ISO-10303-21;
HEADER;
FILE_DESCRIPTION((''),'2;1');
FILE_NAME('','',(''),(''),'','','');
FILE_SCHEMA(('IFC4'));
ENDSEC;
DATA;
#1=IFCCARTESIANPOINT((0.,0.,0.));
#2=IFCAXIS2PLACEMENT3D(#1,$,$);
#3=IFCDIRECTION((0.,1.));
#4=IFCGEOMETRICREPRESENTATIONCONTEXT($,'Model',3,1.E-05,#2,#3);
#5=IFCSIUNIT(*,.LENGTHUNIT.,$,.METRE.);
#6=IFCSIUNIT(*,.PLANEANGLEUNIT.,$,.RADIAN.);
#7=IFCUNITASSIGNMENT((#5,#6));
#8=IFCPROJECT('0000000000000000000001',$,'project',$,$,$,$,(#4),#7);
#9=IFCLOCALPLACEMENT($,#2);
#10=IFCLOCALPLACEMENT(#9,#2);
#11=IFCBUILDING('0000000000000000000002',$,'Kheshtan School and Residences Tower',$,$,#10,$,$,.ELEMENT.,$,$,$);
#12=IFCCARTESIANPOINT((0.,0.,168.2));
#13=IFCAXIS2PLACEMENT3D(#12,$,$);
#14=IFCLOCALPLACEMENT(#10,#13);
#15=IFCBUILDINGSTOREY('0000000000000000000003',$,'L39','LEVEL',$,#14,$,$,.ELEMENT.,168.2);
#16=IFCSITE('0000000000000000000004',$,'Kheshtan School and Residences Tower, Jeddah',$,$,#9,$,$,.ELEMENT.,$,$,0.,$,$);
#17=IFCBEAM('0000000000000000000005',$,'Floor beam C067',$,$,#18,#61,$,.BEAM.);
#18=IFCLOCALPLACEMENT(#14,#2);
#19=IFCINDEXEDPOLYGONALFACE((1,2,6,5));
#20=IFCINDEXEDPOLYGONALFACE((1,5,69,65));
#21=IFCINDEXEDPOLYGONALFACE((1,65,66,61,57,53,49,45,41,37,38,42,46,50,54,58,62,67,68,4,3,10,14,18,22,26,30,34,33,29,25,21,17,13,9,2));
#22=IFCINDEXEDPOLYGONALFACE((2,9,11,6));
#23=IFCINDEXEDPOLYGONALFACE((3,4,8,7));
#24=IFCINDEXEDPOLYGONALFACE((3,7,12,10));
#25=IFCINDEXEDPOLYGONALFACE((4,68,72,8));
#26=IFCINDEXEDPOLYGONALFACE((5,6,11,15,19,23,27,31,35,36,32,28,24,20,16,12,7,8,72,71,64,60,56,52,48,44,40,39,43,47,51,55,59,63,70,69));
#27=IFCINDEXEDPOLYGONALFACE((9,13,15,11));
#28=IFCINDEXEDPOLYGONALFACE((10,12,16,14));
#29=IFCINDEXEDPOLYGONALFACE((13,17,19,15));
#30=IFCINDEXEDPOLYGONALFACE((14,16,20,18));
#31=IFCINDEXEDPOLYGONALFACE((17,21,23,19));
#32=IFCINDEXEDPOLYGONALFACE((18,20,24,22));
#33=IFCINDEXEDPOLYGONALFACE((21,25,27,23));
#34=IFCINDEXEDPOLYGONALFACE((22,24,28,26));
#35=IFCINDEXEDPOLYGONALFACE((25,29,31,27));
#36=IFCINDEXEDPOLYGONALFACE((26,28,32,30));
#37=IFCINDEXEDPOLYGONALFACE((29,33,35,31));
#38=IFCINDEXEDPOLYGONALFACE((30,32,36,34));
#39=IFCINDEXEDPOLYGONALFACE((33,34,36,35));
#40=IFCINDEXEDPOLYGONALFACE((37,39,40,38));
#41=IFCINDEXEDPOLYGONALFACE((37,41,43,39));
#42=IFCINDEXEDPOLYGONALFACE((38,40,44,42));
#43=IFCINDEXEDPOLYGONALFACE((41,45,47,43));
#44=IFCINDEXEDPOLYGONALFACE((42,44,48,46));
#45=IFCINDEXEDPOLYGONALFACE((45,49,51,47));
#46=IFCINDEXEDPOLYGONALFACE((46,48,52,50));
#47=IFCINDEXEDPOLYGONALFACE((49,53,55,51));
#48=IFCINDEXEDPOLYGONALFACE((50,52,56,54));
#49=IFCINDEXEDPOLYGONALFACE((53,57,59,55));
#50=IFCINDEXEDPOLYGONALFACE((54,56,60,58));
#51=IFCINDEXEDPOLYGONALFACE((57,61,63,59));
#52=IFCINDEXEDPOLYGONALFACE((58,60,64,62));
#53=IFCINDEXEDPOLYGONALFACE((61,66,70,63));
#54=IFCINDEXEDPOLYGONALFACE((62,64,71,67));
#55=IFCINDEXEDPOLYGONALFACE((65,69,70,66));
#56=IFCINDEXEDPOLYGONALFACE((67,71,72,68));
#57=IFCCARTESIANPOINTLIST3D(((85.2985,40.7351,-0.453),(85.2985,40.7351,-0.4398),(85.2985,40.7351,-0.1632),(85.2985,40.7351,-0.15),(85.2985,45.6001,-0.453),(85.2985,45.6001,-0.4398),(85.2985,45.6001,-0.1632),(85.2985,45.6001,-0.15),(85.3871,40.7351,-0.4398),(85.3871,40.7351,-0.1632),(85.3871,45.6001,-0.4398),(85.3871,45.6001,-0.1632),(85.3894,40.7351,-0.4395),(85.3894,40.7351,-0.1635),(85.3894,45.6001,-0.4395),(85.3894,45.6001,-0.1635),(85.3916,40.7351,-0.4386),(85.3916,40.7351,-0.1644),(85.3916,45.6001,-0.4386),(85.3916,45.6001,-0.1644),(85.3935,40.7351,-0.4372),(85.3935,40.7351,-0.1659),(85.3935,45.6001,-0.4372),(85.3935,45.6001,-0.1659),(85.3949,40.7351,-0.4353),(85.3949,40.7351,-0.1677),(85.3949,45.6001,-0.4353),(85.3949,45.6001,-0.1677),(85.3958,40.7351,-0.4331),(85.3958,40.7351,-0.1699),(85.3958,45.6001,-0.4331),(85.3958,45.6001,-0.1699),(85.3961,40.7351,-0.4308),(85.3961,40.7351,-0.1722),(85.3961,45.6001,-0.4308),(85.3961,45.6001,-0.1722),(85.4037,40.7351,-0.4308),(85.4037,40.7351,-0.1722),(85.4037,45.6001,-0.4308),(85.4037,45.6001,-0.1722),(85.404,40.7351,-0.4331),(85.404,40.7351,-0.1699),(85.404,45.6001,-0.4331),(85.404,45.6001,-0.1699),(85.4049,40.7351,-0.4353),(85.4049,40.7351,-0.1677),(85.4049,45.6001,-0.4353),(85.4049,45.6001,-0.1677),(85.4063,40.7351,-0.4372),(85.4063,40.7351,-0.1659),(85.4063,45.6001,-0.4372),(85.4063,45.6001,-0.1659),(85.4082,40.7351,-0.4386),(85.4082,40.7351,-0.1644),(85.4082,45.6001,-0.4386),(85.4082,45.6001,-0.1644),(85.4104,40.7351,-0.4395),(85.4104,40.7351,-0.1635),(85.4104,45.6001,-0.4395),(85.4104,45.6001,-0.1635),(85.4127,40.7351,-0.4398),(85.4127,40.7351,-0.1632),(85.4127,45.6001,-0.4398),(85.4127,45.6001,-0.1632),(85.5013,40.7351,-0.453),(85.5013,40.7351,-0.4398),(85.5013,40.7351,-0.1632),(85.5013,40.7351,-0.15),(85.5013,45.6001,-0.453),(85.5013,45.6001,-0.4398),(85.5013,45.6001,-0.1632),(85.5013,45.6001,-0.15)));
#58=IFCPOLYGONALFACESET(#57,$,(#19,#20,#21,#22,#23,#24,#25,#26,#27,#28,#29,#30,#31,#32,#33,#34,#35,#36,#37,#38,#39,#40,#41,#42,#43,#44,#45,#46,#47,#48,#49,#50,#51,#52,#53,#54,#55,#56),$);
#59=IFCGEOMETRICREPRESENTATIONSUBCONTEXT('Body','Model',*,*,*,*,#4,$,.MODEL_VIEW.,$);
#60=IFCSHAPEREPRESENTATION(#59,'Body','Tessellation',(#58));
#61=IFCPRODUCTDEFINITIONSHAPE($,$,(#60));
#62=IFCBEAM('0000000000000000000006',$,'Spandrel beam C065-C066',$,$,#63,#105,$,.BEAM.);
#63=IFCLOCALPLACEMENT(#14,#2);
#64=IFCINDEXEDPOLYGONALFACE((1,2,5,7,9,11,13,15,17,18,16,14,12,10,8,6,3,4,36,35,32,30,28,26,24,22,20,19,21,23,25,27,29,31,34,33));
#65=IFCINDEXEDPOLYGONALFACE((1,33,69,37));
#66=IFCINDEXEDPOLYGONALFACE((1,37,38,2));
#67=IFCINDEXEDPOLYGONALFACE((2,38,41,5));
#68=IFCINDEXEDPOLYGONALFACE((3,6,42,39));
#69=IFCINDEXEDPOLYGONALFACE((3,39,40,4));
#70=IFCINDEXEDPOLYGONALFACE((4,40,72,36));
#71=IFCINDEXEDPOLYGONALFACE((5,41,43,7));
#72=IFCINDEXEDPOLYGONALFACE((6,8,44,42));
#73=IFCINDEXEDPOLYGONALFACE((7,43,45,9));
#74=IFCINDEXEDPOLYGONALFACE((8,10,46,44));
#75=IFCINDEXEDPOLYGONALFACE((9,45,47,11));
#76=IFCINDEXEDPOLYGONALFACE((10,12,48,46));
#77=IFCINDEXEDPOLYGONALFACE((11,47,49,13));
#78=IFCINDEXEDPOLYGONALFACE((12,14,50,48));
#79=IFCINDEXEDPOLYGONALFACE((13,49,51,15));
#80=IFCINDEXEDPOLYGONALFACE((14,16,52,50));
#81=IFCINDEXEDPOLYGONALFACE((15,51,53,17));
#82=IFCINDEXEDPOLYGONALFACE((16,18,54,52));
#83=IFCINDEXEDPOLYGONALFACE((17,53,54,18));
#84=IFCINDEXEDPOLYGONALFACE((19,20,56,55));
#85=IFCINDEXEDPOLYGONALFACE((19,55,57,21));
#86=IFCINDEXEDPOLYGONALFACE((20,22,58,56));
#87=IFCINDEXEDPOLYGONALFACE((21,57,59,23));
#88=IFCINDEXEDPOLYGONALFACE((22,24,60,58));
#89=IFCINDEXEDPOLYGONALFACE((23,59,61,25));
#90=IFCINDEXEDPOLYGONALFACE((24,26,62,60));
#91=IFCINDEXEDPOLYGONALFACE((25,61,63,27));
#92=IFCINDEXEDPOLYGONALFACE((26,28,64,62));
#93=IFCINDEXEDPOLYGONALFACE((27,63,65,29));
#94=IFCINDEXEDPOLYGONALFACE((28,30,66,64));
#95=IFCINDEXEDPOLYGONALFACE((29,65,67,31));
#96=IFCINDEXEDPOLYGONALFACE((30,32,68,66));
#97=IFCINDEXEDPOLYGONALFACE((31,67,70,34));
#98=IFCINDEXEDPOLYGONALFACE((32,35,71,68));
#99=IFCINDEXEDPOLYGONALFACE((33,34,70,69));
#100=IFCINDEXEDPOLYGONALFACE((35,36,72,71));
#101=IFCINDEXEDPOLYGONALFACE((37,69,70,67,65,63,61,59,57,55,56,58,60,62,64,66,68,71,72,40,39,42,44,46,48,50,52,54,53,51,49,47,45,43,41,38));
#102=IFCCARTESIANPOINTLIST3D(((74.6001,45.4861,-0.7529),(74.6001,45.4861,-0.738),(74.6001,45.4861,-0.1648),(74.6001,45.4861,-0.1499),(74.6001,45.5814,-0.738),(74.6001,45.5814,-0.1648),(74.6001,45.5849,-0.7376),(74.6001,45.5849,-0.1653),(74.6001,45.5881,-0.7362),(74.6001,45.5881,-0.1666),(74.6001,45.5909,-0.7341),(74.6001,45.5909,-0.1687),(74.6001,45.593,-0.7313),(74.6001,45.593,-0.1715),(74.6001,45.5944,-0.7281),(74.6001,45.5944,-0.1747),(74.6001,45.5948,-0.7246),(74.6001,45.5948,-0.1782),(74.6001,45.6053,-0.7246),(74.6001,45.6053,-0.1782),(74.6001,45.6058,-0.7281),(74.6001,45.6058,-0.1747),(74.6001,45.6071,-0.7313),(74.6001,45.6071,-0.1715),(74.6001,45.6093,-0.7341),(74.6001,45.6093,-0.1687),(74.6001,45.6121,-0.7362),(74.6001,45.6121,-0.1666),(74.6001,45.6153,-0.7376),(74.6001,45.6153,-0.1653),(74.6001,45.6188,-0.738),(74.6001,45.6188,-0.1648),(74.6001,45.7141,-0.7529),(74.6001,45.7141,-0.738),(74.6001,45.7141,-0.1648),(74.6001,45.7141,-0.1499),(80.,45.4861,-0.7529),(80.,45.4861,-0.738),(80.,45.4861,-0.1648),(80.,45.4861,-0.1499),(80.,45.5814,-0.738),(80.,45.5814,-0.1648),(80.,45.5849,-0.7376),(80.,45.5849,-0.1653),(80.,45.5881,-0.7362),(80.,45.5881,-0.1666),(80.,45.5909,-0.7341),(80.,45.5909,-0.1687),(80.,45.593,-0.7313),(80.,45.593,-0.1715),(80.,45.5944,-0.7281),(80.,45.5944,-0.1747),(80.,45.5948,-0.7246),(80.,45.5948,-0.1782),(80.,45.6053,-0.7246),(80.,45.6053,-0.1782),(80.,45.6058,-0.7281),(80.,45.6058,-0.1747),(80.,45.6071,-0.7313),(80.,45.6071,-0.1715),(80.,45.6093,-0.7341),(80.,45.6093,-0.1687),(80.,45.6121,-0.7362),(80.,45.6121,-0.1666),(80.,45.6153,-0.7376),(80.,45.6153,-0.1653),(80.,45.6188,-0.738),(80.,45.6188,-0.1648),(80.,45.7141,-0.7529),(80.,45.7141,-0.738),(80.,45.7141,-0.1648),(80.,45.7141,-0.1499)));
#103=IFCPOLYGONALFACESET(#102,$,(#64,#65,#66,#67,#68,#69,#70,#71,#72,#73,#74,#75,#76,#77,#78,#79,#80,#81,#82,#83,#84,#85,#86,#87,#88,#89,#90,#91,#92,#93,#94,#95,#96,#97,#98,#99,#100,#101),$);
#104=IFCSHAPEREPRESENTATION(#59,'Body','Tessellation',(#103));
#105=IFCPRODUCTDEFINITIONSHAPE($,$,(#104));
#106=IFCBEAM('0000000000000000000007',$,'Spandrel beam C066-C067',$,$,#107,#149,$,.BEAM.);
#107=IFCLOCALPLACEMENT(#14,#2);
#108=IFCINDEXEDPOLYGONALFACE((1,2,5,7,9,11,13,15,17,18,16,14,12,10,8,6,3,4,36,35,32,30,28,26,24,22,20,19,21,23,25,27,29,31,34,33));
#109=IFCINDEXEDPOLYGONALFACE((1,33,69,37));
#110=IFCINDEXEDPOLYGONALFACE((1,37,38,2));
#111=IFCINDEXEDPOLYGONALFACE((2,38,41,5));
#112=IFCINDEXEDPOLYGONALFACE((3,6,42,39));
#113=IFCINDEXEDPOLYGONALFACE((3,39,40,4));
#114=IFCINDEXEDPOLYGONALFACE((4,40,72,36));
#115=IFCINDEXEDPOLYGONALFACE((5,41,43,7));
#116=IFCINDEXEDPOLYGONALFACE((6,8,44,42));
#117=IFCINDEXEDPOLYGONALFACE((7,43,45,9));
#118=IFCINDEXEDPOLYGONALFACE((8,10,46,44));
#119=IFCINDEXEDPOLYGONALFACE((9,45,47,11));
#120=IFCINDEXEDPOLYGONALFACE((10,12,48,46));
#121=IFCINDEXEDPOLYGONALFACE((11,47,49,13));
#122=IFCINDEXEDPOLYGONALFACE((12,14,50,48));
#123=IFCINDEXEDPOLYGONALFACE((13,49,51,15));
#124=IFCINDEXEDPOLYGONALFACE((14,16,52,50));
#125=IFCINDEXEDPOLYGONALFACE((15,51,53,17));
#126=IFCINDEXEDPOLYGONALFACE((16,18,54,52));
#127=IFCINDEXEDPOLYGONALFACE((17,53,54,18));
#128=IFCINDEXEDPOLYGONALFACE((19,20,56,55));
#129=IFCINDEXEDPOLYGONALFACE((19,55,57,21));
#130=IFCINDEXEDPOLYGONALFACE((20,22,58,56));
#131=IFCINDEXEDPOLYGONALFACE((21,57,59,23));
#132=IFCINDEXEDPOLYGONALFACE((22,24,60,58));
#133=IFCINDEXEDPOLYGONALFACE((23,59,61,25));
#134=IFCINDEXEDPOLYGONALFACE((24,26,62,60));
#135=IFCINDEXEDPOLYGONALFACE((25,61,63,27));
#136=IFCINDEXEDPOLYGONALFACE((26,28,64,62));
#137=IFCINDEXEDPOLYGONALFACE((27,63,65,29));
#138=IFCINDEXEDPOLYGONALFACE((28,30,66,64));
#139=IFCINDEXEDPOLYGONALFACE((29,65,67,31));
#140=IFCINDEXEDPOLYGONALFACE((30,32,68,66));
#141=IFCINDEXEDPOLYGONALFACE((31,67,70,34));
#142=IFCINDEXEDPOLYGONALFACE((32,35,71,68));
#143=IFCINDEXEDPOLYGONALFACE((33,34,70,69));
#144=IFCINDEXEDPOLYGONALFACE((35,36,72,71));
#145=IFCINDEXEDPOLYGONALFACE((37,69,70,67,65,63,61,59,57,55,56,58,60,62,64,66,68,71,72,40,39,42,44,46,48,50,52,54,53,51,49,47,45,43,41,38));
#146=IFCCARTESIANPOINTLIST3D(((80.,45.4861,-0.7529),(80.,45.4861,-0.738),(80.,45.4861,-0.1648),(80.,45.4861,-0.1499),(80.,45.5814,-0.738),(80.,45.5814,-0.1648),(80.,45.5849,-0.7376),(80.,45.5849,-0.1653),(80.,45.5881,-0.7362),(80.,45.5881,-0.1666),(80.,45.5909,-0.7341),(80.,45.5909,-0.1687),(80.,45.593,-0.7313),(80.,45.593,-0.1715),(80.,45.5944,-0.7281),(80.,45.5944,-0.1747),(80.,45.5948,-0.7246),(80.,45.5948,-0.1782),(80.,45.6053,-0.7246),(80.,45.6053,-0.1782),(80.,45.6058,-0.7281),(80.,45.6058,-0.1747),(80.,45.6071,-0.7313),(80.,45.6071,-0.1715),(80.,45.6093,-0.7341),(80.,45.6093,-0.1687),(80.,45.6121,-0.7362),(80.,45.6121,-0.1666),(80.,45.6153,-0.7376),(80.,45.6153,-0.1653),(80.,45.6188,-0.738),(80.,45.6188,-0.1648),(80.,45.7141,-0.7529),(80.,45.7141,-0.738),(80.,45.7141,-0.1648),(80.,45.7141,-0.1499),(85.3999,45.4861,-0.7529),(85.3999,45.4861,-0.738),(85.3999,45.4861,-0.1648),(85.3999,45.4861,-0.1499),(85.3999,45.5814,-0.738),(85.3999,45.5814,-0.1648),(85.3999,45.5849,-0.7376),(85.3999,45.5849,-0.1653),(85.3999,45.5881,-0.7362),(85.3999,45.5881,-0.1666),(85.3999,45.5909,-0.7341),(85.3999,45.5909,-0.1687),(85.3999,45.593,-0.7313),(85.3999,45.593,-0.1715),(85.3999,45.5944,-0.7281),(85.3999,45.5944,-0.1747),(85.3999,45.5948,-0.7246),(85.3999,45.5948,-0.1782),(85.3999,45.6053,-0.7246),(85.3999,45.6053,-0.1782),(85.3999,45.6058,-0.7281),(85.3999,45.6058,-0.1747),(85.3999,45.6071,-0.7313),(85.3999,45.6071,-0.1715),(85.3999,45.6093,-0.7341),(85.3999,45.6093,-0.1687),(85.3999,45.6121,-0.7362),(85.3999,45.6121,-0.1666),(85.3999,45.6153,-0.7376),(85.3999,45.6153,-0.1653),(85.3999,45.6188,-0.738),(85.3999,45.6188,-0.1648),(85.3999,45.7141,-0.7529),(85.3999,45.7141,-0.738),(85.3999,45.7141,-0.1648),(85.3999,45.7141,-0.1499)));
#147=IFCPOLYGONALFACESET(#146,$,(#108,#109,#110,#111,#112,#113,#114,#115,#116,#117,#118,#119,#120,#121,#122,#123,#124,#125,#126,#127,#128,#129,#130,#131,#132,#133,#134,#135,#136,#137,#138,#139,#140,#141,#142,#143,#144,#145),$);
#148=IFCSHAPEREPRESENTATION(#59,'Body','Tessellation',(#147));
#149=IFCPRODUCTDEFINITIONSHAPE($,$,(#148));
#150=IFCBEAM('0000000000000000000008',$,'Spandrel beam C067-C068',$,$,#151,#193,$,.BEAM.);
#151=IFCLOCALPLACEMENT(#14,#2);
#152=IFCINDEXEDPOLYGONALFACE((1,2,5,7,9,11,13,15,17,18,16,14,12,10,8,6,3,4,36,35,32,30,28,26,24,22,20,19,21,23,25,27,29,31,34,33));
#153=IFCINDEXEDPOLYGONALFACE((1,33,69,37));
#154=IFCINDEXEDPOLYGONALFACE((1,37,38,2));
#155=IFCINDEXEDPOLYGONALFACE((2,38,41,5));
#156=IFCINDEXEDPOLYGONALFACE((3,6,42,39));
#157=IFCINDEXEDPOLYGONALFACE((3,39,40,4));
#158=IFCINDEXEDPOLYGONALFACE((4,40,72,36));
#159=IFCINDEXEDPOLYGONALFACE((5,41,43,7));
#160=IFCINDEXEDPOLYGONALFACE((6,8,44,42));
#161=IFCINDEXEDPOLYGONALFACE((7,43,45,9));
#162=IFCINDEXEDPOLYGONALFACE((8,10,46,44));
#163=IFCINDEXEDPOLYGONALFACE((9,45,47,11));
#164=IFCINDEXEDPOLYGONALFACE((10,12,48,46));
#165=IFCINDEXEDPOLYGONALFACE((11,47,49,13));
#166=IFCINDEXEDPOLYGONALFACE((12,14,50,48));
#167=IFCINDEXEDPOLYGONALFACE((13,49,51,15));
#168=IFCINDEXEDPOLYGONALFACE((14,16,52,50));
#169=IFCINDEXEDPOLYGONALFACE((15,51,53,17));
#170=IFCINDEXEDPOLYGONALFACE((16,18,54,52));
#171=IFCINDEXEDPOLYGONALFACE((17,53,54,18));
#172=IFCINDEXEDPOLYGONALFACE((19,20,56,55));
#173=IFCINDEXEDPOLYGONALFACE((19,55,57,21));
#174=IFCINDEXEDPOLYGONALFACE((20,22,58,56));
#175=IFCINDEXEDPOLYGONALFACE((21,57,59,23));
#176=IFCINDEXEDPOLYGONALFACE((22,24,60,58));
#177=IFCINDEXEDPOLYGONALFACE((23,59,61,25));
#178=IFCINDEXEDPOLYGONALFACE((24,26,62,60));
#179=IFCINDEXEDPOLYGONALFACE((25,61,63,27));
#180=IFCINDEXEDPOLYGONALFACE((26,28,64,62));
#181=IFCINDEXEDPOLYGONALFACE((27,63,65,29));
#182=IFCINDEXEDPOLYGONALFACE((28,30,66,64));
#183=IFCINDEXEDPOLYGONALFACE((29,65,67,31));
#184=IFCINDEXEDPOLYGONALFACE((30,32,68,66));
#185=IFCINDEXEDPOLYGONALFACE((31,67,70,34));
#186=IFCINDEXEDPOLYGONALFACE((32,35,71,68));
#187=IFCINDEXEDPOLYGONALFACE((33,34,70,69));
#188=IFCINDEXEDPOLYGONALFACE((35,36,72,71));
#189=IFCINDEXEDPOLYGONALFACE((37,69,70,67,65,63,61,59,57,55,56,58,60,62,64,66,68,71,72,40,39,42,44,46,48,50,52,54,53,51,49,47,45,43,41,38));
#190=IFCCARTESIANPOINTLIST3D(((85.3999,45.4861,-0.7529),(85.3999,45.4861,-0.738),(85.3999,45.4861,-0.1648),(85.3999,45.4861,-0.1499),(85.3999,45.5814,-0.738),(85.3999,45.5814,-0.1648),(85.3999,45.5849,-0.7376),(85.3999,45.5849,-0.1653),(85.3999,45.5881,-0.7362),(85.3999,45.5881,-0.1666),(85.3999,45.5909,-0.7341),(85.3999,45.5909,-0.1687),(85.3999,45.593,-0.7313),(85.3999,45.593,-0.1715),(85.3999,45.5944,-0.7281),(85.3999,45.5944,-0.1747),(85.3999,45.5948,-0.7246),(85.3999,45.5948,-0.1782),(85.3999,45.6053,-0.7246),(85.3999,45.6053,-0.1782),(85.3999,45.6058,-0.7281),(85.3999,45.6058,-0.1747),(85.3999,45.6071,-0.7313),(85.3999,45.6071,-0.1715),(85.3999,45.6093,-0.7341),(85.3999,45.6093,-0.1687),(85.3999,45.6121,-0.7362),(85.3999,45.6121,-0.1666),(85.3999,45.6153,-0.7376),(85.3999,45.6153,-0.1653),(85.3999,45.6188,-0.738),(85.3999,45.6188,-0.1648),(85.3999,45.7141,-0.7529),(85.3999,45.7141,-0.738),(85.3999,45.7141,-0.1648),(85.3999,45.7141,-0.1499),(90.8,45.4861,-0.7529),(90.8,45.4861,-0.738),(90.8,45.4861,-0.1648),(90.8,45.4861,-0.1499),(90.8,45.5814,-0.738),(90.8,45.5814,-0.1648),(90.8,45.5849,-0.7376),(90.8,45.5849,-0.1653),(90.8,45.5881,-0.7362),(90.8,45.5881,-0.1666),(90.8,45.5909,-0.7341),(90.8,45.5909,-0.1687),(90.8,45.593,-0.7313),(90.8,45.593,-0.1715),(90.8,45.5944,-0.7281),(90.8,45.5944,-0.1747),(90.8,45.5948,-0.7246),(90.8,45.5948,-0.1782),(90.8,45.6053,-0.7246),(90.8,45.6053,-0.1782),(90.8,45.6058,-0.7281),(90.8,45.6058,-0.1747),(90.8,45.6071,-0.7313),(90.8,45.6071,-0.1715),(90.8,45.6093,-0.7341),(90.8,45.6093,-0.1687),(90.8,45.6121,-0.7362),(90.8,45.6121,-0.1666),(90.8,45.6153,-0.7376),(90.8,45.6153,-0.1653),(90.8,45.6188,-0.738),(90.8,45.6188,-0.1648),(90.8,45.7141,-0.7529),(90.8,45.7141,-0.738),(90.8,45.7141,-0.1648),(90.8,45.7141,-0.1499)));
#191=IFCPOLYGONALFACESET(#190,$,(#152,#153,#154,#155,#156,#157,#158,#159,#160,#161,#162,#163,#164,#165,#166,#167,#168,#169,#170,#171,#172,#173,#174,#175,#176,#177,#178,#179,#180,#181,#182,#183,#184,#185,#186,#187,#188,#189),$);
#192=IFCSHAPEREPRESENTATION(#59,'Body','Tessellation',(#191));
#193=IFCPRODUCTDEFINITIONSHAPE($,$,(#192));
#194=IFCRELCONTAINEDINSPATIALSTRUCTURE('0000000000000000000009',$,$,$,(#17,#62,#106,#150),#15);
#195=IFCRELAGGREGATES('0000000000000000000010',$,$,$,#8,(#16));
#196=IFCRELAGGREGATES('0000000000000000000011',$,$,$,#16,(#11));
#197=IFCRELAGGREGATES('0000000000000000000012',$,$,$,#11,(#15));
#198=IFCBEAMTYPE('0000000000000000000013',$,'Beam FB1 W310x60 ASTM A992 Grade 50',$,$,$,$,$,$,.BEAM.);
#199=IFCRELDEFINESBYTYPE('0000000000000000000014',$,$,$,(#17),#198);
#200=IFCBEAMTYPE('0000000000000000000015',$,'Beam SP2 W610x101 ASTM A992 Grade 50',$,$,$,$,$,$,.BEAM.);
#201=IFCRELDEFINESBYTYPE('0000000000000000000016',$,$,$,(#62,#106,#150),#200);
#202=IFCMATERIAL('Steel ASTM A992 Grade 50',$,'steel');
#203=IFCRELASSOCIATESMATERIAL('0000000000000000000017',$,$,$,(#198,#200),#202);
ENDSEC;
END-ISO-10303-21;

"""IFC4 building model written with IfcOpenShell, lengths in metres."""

from ifc_helpers import new_model, si_unit, direction, frame, origin, origin_2d, place, context, subcontext, project, spatial, i_section, extrude, material, material_profile, profile_set, type_object, element, save


model = new_model("IFC4")

# Units and contexts
model_context = context("Model", 3, precision=1e-05, world=origin(), true_north=direction((0.0, 1.0)))
body_context = subcontext(model_context, "Body", "Model", "MODEL_VIEW")
ifc_project = project(units=[si_unit("LENGTHUNIT", "METRE"), si_unit("PLANEANGLEUNIT", "RADIAN")], contexts=[model_context])

# Site, building, storey
site_placement = place(None, origin())
site = spatial("IfcSite", under=ifc_project, at=site_placement, Name="Kheshtan School and Residences Tower, Jeddah", CompositionType="ELEMENT", RefElevation=0.0)
building_placement = place(site_placement, origin())
building = spatial("IfcBuilding", under=site, at=building_placement, Name="Kheshtan School and Residences Tower", CompositionType="ELEMENT")
storey_placement = place(building_placement, frame((0.0, 0.0, 168.2)))
storey = spatial("IfcBuildingStorey", under=building, at=storey_placement, Name="L39", Description="LEVEL", CompositionType="ELEMENT", Elevation=168.2)

# Shared definitions
ifc_material_1 = material(Name="Steel ASTM A992 Grade 50", Category="steel")

# Beams
ifc_material_profile_1 = material_profile(ifc_material_1, i_section(OverallWidth=0.2029, OverallDepth=0.303, WebThickness=0.0076, FlangeThickness=0.0132, FilletRadius=0.009, at=origin_2d()), Name="W310x60")
ifc_profile_set_1 = profile_set([ifc_material_profile_1], Name="Steel ASTM A992 Grade 50")
beam_type_1 = type_object("IfcBeamType", Name="Beam FB1 W310x60 ASTM A992 Grade 50", PredefinedType="BEAM", material=ifc_profile_set_1)
beam_1_placement = place(storey_placement, frame((85.3999, 45.6001, -0.3015), z_axis=(0.0, -1.0, 0.0), x_axis=(1.0, 0.0, 0.0)))
element("IfcBeam", 1, at=beam_1_placement, inside=storey, type_object=beam_type_1, Name="Floor beam C067", PredefinedType="BEAM", context=body_context, shape_type="SweptSolid", body=[
    extrude(i_section(OverallWidth=0.2029, OverallDepth=0.303, WebThickness=0.0076, FlangeThickness=0.0132, FilletRadius=0.009, at=origin_2d()), origin(), (0.0, 0.0, 1.0), 4.865),
])
ifc_material_profile_2 = material_profile(ifc_material_1, i_section(OverallWidth=0.228, OverallDepth=0.603, WebThickness=0.0105, FlangeThickness=0.0149, FilletRadius=0.0134, at=origin_2d()), Name="W610x101")
ifc_profile_set_2 = profile_set([ifc_material_profile_2], Name="Steel ASTM A992 Grade 50")
beam_type_2 = type_object("IfcBeamType", Name="Beam SP2 W610x101 ASTM A992 Grade 50", PredefinedType="BEAM", material=ifc_profile_set_2)
for number, where, z_axis, x_axis, name in (
    (2, (74.6001, 45.6001, -0.4514), (1.0, 0.0, 0.0), (0.0, 1.0, 0.0), "Spandrel beam C065-C066"),
    (3, (80.0, 45.6001, -0.4514), (1.0, 0.0, 0.0), (0.0, 1.0, 0.0), "Spandrel beam C066-C067"),
):
    element("IfcBeam", number, at=place(storey_placement, frame(where, z_axis=z_axis, x_axis=x_axis)), inside=storey, type_object=beam_type_2, Name=name, PredefinedType="BEAM", context=body_context, shape_type="SweptSolid", body=[
        extrude(i_section(OverallWidth=0.228, OverallDepth=0.603, WebThickness=0.0105, FlangeThickness=0.0149, FilletRadius=0.0134, at=origin_2d()), origin(), (0.0, 0.0, 1.0), 5.3999),
    ])
beam_2_placement = place(storey_placement, frame((85.3999, 45.6001, -0.4514), z_axis=(1.0, 0.0, 0.0), x_axis=(0.0, 1.0, 0.0)))
element("IfcBeam", 4, at=beam_2_placement, inside=storey, type_object=beam_type_2, Name="Spandrel beam C067-C068", PredefinedType="BEAM", context=body_context, shape_type="SweptSolid", body=[
    extrude(i_section(OverallWidth=0.228, OverallDepth=0.603, WebThickness=0.0105, FlangeThickness=0.0149, FilletRadius=0.0134, at=origin_2d()), origin(), (0.0, 0.0, 1.0), 5.4001),
])

save(model, "model.ifc")
